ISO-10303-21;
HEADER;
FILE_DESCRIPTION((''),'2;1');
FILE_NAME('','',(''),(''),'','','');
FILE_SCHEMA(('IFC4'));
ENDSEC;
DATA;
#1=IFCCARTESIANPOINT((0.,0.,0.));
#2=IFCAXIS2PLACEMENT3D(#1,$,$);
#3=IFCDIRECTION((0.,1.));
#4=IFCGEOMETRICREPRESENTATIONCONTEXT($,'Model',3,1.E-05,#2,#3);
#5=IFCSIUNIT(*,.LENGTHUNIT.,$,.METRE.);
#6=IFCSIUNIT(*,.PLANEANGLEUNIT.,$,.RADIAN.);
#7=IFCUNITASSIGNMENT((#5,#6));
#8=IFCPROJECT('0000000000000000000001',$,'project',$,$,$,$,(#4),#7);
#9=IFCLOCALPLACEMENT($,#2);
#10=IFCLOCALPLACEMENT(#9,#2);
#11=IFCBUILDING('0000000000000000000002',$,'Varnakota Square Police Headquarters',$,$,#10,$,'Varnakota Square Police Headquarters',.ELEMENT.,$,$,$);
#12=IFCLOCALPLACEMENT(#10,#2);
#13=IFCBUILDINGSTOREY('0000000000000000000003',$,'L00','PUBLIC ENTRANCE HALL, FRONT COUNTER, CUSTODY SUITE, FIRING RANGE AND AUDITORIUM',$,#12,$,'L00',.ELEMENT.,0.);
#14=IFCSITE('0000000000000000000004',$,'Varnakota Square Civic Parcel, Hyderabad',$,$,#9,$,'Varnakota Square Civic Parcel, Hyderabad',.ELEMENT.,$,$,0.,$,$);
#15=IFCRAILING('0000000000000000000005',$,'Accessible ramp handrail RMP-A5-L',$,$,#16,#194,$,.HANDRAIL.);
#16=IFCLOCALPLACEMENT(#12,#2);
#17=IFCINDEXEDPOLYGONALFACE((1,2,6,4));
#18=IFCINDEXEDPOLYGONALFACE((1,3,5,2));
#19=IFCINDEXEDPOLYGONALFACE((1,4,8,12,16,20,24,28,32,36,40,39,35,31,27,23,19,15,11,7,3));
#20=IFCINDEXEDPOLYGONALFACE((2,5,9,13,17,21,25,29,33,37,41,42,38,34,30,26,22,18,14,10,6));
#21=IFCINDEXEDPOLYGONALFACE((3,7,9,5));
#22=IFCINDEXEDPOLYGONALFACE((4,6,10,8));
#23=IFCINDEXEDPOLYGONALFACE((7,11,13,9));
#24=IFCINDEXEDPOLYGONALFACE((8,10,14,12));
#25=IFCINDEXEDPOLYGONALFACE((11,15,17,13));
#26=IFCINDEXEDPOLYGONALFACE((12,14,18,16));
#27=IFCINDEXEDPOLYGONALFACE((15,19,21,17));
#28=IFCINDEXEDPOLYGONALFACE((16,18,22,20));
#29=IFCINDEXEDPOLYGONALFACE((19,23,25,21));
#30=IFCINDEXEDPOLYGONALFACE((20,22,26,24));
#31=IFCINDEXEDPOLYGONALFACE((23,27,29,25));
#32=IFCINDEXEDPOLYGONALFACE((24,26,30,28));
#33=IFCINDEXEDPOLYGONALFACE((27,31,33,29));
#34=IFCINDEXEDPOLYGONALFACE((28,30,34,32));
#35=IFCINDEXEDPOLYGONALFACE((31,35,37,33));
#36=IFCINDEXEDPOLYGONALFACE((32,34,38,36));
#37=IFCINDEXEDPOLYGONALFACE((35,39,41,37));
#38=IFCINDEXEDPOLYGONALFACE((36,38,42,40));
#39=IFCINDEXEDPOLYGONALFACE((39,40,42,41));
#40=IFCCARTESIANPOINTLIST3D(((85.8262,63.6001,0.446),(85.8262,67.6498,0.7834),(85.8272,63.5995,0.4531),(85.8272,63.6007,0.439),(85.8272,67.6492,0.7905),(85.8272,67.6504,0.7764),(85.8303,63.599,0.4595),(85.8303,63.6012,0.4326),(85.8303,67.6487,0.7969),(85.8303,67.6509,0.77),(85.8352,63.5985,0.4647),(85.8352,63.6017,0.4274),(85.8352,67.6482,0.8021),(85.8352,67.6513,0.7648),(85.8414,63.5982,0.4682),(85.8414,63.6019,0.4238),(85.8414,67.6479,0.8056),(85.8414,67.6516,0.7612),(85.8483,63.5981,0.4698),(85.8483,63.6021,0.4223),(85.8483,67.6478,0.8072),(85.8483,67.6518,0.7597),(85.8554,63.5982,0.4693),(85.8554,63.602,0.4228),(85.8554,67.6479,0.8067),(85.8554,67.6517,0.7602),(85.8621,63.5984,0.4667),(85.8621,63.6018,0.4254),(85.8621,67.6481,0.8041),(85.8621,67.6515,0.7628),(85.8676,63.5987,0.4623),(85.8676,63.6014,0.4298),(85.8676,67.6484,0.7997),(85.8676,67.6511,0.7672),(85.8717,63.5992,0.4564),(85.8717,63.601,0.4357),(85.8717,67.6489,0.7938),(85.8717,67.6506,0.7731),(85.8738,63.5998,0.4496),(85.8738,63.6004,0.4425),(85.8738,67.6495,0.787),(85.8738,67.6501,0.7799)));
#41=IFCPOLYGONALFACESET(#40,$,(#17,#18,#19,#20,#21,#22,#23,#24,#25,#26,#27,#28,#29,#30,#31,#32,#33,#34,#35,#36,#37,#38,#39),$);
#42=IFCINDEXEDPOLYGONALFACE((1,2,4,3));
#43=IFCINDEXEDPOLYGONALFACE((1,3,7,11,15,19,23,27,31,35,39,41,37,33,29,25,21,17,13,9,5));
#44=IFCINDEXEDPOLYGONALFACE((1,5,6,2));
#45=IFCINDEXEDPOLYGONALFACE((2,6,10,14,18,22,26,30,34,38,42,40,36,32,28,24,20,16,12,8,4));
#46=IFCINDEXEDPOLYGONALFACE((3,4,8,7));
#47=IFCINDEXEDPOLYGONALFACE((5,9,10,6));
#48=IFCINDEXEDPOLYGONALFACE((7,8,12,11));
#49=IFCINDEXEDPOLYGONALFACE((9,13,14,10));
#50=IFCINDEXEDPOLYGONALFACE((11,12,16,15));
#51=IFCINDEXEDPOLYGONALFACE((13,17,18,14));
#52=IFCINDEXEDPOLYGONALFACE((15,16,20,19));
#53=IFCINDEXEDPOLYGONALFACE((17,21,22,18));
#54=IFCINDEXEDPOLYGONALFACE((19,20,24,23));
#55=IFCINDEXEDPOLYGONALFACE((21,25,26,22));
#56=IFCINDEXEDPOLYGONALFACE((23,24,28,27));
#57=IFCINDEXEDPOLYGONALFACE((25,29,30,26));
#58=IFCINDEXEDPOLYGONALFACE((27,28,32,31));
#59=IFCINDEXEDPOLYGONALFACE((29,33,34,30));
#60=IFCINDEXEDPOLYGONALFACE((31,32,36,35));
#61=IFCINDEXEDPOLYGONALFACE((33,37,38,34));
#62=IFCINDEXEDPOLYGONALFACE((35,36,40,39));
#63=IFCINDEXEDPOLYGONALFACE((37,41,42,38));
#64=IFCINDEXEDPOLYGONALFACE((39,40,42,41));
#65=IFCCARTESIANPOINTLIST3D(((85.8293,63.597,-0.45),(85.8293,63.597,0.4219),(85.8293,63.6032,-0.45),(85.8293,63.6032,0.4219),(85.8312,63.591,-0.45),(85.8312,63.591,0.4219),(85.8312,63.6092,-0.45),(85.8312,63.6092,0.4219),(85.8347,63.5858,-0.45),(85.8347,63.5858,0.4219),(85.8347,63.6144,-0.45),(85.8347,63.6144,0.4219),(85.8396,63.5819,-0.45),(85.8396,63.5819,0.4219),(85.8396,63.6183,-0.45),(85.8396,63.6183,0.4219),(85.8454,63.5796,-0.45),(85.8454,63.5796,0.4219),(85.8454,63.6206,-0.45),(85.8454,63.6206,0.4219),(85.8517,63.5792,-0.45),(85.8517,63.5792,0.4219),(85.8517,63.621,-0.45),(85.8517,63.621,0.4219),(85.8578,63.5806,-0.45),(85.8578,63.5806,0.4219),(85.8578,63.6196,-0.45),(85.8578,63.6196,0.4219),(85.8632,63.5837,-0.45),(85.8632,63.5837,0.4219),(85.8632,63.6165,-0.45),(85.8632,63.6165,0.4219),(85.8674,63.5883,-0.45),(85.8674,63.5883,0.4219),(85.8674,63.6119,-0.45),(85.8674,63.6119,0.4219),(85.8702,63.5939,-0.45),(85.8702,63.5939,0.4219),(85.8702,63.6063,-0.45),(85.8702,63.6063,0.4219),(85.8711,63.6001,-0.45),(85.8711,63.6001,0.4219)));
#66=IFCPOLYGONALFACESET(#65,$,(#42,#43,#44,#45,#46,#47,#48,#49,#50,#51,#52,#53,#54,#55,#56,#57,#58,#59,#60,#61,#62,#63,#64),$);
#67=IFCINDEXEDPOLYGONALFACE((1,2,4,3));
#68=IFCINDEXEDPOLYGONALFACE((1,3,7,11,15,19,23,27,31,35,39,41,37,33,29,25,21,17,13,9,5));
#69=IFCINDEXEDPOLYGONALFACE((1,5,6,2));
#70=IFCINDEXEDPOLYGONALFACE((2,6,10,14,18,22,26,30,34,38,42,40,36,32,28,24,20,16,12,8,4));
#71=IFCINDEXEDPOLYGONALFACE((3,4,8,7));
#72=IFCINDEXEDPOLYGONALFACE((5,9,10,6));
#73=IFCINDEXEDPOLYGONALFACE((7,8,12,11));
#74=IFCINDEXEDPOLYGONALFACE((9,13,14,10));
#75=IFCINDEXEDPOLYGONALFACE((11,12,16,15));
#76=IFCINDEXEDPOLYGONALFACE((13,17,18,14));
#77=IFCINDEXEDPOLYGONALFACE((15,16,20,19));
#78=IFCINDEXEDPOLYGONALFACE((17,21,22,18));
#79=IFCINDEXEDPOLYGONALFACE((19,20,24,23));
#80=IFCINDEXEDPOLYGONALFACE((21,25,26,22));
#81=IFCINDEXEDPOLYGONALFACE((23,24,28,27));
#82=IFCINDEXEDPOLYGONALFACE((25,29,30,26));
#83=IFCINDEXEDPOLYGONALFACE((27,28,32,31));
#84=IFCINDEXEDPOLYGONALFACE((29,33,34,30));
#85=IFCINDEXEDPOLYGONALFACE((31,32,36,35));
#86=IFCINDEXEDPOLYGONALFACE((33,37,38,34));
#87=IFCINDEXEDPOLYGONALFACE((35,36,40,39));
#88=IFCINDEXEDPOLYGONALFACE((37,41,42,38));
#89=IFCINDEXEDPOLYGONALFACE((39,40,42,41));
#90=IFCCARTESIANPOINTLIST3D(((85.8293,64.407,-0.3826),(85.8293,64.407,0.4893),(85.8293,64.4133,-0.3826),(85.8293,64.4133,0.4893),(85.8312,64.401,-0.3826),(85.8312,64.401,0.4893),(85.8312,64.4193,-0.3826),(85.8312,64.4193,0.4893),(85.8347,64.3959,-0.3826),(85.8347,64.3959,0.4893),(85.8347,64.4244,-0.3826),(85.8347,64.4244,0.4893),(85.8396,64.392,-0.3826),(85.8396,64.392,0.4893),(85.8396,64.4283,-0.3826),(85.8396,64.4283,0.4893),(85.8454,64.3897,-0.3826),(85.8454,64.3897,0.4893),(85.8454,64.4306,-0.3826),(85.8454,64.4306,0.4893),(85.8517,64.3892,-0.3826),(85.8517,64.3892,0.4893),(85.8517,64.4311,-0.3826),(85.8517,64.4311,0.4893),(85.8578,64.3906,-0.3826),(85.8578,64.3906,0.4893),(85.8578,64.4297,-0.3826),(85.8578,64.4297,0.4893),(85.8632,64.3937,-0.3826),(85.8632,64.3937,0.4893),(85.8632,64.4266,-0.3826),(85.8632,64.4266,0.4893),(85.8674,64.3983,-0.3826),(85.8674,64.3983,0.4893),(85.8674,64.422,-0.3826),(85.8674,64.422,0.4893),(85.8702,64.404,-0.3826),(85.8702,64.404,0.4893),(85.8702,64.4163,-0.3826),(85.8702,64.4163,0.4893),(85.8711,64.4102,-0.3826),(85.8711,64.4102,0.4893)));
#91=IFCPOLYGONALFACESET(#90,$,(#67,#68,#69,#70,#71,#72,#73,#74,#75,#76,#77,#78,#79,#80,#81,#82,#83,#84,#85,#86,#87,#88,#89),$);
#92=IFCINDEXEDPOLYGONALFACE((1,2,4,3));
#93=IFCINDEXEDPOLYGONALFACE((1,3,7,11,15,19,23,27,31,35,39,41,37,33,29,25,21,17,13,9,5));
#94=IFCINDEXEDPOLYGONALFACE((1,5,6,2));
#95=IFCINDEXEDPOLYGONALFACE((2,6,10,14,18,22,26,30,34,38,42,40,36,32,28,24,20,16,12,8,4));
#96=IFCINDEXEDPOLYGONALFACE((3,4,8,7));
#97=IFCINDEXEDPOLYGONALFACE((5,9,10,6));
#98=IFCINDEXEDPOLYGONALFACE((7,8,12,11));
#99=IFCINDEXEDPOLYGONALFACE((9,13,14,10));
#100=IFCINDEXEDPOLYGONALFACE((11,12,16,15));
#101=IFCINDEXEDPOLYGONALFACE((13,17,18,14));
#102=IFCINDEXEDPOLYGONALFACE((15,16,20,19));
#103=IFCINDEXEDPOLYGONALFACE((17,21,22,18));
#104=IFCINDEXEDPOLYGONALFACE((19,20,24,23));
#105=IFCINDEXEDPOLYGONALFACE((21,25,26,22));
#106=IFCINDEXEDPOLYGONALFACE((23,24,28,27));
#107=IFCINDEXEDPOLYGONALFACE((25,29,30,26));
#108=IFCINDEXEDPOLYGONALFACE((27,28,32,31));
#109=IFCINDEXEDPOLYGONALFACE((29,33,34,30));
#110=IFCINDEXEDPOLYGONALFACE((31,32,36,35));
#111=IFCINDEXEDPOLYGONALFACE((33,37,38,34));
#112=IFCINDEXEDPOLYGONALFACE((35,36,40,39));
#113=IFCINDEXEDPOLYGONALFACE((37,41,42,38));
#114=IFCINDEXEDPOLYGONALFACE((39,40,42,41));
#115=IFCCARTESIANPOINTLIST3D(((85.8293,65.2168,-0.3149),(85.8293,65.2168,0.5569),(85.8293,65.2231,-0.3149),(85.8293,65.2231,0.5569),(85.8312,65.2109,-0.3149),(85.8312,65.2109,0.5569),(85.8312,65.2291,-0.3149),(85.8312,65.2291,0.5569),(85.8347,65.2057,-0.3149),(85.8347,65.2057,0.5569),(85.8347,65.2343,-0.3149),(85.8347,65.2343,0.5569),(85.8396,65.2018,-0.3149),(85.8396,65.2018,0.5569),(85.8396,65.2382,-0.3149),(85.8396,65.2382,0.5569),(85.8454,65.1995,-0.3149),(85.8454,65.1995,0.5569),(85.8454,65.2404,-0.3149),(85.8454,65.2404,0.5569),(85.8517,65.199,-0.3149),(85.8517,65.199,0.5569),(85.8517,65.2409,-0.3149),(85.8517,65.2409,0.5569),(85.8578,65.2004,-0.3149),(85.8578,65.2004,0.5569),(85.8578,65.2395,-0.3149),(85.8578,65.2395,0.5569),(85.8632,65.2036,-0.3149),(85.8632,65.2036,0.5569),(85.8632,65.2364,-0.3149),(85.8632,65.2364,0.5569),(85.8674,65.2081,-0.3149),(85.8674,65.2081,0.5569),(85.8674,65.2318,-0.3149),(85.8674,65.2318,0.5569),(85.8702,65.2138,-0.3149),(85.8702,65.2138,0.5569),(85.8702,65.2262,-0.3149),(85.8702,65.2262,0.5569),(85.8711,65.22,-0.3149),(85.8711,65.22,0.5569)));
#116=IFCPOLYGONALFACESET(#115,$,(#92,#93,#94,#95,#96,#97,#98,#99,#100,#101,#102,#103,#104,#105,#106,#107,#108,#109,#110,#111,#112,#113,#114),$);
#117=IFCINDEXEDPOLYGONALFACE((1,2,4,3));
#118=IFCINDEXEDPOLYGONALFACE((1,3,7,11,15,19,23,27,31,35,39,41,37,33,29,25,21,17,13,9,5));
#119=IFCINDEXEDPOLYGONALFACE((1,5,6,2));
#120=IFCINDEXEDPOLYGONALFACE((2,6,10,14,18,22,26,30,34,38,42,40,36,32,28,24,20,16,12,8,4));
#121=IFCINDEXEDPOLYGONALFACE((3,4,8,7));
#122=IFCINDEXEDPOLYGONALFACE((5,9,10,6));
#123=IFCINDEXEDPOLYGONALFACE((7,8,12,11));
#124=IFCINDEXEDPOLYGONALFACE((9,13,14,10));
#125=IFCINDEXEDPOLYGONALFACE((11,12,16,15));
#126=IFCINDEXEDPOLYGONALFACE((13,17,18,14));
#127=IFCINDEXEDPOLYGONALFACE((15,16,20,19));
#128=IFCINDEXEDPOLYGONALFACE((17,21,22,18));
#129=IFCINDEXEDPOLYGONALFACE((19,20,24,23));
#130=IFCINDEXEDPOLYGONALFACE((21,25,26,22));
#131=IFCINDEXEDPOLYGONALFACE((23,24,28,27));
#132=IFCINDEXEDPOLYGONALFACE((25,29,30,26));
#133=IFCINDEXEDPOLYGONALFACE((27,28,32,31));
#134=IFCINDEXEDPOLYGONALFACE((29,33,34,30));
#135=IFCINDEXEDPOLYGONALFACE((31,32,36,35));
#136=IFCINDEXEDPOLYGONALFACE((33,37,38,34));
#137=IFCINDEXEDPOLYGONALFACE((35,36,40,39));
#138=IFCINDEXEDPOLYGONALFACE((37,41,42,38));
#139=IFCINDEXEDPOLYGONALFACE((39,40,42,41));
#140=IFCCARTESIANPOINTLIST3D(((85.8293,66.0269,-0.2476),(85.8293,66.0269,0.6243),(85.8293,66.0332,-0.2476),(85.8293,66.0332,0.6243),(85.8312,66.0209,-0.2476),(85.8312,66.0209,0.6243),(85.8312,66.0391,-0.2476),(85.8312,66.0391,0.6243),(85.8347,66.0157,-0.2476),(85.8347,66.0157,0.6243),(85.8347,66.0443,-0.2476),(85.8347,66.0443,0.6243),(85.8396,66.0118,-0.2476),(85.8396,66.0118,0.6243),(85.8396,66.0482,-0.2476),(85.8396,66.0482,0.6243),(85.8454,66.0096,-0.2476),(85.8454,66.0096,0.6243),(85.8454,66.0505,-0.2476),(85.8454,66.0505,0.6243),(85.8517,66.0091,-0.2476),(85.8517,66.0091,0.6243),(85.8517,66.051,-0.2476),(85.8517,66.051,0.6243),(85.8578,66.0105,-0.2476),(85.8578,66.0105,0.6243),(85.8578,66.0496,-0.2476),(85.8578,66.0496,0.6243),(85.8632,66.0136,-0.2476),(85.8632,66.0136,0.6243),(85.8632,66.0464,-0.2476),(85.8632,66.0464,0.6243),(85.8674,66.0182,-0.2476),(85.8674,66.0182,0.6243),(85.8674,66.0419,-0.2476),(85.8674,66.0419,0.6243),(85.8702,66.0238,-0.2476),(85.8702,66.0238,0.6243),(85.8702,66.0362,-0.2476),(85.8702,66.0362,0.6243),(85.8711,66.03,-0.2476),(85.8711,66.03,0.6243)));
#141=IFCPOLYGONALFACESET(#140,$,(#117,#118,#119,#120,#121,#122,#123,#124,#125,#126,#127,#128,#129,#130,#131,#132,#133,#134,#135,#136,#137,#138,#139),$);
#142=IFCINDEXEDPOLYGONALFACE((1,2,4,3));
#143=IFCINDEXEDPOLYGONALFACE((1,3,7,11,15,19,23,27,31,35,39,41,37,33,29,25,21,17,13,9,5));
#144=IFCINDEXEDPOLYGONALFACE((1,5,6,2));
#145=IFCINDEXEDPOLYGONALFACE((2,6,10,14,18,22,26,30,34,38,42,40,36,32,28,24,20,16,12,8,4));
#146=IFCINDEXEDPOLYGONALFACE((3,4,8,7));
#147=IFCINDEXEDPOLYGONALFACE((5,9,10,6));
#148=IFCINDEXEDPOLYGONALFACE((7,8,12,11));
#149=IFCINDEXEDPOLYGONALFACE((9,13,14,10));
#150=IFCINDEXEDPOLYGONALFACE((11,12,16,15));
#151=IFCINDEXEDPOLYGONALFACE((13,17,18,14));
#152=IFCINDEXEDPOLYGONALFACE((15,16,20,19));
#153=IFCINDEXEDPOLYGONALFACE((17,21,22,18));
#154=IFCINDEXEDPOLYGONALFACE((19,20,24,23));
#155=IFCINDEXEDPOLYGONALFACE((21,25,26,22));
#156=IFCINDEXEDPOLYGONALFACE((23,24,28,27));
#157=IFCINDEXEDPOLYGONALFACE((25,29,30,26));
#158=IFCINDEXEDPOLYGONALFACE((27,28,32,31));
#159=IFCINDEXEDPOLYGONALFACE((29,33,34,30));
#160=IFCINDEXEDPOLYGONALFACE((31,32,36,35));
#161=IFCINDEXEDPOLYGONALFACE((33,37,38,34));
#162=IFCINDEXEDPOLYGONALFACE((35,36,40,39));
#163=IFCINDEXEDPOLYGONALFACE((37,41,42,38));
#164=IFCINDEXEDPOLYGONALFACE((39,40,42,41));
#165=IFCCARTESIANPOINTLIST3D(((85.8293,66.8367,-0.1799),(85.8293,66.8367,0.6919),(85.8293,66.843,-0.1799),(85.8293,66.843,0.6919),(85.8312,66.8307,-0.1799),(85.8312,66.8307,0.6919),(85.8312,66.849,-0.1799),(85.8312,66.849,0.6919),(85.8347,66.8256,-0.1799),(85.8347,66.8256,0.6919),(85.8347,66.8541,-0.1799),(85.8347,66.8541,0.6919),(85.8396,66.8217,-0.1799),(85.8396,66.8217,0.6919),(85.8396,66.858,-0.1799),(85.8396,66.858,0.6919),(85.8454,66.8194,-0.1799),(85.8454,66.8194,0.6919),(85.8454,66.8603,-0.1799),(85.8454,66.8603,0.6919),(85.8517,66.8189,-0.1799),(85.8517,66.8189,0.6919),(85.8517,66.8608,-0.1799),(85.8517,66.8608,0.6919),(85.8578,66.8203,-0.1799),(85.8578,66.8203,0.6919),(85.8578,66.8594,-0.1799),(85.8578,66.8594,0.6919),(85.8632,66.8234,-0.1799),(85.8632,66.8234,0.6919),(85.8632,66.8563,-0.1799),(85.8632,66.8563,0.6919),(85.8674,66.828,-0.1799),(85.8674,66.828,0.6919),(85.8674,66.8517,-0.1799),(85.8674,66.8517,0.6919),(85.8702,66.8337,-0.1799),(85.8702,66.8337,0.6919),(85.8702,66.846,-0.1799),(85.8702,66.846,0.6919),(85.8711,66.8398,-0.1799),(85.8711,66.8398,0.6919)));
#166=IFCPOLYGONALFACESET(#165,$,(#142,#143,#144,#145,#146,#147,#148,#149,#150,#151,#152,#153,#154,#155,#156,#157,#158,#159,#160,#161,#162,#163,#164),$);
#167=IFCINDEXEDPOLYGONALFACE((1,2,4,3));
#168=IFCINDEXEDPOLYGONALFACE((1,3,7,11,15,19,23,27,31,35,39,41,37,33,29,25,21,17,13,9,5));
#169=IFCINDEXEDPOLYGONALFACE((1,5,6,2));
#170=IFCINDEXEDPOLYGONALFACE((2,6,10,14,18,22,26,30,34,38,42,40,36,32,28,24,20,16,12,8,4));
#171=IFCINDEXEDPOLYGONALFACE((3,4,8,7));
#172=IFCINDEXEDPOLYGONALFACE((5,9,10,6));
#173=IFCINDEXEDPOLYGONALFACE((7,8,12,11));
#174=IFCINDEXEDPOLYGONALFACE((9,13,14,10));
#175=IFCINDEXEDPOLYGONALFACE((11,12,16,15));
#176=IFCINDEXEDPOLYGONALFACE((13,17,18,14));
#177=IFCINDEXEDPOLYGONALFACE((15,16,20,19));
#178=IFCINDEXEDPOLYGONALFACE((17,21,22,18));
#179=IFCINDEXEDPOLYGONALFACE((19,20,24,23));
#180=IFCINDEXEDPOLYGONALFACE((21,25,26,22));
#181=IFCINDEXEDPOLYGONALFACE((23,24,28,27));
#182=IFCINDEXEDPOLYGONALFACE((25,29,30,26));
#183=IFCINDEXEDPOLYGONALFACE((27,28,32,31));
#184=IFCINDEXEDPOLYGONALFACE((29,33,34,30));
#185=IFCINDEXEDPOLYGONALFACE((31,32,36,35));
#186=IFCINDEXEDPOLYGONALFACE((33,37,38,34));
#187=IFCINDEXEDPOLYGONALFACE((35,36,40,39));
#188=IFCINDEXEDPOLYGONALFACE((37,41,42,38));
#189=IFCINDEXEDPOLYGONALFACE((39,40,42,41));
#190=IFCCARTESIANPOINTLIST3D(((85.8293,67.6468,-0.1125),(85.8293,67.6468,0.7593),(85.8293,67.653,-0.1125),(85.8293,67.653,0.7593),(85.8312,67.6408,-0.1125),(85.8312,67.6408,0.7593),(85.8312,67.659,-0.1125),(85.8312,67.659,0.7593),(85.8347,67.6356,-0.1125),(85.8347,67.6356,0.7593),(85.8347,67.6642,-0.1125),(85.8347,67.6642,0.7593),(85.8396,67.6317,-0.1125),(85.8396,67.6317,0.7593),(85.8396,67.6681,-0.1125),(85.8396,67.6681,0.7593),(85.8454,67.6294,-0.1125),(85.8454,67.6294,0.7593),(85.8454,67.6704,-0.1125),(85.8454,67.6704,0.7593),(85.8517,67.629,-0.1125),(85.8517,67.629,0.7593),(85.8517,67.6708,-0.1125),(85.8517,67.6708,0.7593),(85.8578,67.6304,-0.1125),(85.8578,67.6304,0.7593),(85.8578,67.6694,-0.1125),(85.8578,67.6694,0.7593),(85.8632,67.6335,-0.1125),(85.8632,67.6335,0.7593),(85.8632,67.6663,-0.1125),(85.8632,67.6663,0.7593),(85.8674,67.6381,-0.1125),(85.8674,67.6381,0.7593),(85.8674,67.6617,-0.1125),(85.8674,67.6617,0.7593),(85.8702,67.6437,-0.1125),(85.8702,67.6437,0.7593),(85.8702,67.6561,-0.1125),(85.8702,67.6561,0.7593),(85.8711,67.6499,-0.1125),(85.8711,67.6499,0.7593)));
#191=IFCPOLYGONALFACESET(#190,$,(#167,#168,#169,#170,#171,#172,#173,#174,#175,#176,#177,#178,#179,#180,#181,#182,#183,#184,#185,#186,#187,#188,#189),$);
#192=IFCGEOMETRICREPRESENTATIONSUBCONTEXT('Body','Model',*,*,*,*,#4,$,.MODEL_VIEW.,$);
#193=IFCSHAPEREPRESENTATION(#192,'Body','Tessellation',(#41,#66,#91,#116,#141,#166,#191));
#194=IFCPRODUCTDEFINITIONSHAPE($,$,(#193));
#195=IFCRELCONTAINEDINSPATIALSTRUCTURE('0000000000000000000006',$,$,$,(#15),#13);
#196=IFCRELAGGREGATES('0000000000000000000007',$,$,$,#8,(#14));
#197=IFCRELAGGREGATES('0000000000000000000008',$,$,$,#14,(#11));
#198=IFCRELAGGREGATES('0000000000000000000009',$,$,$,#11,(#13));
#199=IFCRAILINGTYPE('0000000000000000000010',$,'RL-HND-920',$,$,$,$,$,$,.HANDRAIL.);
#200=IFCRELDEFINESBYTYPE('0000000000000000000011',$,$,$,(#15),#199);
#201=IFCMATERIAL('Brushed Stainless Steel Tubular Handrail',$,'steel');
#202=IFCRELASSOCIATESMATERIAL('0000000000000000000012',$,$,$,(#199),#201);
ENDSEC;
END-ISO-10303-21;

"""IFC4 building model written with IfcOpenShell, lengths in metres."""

from ifc_helpers import new_model, si_unit, direction, frame, origin, origin_2d, place, context, subcontext, project, spatial, circle, extrude, material, type_object, element, save


model = new_model("IFC4")

# Units and contexts
model_context = context("Model", 3, precision=1e-05, world=origin(), true_north=direction((0.0, 1.0)))
body_context = subcontext(model_context, "Body", "Model", "MODEL_VIEW")
ifc_project = project(units=[si_unit("LENGTHUNIT", "METRE"), si_unit("PLANEANGLEUNIT", "RADIAN")], contexts=[model_context])

# Site, building, storey
site_placement = place(None, origin())
site = spatial("IfcSite", under=ifc_project, at=site_placement, Name="Varnakota Square Civic Parcel, Hyderabad", LongName="Varnakota Square Civic Parcel, Hyderabad", CompositionType="ELEMENT", RefElevation=0.0)
building_placement = place(site_placement, origin())
building = spatial("IfcBuilding", under=site, at=building_placement, Name="Varnakota Square Police Headquarters", LongName="Varnakota Square Police Headquarters", CompositionType="ELEMENT")
storey_placement = place(building_placement, origin())
storey = spatial("IfcBuildingStorey", under=building, at=storey_placement, Name="L00", Description="PUBLIC ENTRANCE HALL, FRONT COUNTER, CUSTODY SUITE, FIRING RANGE AND AUDITORIUM", LongName="L00", CompositionType="ELEMENT", Elevation=0.0)

# Railing
ifc_material_1 = material(Name="Brushed Stainless Steel Tubular Handrail", Category="steel")
railing_type = type_object("IfcRailingType", Name="RL-HND-920", PredefinedType="HANDRAIL", material=ifc_material_1)
for number, where, name in (
    (1, (85.8501, 63.6001, -0.45), "Accessible ramp handrail RMP-A5-L"),
):
    element("IfcRailing", number, at=place(storey_placement, frame(where)), inside=storey, type_object=railing_type, Name=name, PredefinedType="HANDRAIL", context=body_context, shape_type="SweptSolid", body=[
        extrude(circle(Radius=0.0239, at=origin_2d()), frame((0.0, 0.0, 0.896), z_axis=(0.0, 0.996547, 0.083026), x_axis=(-1.0, 0.0, 0.0)), (0.0, 0.0, 1.0), 4.0637),
        extrude(circle(Radius=0.021, at=origin_2d()), origin(), (0.0, 0.0, 1.0), 0.8718),
        extrude(circle(Radius=0.021, at=origin_2d()), frame((0.0, 0.8101, 0.0674)), (0.0, 0.0, 1.0), 0.8718),
        extrude(circle(Radius=0.021, at=origin_2d()), frame((0.0, 1.6199, 0.135)), (0.0, 0.0, 1.0), 0.8718),
        extrude(circle(Radius=0.021, at=origin_2d()), frame((0.0, 2.4299, 0.2024)), (0.0, 0.0, 1.0), 0.8718),
        extrude(circle(Radius=0.021, at=origin_2d()), frame((0.0, 3.2397, 0.27)), (0.0, 0.0, 1.0), 0.8718),
        extrude(circle(Radius=0.021, at=origin_2d()), frame((0.0, 4.0498, 0.3374)), (0.0, 0.0, 1.0), 0.8718),
    ])

save(model, "model.ifc")
